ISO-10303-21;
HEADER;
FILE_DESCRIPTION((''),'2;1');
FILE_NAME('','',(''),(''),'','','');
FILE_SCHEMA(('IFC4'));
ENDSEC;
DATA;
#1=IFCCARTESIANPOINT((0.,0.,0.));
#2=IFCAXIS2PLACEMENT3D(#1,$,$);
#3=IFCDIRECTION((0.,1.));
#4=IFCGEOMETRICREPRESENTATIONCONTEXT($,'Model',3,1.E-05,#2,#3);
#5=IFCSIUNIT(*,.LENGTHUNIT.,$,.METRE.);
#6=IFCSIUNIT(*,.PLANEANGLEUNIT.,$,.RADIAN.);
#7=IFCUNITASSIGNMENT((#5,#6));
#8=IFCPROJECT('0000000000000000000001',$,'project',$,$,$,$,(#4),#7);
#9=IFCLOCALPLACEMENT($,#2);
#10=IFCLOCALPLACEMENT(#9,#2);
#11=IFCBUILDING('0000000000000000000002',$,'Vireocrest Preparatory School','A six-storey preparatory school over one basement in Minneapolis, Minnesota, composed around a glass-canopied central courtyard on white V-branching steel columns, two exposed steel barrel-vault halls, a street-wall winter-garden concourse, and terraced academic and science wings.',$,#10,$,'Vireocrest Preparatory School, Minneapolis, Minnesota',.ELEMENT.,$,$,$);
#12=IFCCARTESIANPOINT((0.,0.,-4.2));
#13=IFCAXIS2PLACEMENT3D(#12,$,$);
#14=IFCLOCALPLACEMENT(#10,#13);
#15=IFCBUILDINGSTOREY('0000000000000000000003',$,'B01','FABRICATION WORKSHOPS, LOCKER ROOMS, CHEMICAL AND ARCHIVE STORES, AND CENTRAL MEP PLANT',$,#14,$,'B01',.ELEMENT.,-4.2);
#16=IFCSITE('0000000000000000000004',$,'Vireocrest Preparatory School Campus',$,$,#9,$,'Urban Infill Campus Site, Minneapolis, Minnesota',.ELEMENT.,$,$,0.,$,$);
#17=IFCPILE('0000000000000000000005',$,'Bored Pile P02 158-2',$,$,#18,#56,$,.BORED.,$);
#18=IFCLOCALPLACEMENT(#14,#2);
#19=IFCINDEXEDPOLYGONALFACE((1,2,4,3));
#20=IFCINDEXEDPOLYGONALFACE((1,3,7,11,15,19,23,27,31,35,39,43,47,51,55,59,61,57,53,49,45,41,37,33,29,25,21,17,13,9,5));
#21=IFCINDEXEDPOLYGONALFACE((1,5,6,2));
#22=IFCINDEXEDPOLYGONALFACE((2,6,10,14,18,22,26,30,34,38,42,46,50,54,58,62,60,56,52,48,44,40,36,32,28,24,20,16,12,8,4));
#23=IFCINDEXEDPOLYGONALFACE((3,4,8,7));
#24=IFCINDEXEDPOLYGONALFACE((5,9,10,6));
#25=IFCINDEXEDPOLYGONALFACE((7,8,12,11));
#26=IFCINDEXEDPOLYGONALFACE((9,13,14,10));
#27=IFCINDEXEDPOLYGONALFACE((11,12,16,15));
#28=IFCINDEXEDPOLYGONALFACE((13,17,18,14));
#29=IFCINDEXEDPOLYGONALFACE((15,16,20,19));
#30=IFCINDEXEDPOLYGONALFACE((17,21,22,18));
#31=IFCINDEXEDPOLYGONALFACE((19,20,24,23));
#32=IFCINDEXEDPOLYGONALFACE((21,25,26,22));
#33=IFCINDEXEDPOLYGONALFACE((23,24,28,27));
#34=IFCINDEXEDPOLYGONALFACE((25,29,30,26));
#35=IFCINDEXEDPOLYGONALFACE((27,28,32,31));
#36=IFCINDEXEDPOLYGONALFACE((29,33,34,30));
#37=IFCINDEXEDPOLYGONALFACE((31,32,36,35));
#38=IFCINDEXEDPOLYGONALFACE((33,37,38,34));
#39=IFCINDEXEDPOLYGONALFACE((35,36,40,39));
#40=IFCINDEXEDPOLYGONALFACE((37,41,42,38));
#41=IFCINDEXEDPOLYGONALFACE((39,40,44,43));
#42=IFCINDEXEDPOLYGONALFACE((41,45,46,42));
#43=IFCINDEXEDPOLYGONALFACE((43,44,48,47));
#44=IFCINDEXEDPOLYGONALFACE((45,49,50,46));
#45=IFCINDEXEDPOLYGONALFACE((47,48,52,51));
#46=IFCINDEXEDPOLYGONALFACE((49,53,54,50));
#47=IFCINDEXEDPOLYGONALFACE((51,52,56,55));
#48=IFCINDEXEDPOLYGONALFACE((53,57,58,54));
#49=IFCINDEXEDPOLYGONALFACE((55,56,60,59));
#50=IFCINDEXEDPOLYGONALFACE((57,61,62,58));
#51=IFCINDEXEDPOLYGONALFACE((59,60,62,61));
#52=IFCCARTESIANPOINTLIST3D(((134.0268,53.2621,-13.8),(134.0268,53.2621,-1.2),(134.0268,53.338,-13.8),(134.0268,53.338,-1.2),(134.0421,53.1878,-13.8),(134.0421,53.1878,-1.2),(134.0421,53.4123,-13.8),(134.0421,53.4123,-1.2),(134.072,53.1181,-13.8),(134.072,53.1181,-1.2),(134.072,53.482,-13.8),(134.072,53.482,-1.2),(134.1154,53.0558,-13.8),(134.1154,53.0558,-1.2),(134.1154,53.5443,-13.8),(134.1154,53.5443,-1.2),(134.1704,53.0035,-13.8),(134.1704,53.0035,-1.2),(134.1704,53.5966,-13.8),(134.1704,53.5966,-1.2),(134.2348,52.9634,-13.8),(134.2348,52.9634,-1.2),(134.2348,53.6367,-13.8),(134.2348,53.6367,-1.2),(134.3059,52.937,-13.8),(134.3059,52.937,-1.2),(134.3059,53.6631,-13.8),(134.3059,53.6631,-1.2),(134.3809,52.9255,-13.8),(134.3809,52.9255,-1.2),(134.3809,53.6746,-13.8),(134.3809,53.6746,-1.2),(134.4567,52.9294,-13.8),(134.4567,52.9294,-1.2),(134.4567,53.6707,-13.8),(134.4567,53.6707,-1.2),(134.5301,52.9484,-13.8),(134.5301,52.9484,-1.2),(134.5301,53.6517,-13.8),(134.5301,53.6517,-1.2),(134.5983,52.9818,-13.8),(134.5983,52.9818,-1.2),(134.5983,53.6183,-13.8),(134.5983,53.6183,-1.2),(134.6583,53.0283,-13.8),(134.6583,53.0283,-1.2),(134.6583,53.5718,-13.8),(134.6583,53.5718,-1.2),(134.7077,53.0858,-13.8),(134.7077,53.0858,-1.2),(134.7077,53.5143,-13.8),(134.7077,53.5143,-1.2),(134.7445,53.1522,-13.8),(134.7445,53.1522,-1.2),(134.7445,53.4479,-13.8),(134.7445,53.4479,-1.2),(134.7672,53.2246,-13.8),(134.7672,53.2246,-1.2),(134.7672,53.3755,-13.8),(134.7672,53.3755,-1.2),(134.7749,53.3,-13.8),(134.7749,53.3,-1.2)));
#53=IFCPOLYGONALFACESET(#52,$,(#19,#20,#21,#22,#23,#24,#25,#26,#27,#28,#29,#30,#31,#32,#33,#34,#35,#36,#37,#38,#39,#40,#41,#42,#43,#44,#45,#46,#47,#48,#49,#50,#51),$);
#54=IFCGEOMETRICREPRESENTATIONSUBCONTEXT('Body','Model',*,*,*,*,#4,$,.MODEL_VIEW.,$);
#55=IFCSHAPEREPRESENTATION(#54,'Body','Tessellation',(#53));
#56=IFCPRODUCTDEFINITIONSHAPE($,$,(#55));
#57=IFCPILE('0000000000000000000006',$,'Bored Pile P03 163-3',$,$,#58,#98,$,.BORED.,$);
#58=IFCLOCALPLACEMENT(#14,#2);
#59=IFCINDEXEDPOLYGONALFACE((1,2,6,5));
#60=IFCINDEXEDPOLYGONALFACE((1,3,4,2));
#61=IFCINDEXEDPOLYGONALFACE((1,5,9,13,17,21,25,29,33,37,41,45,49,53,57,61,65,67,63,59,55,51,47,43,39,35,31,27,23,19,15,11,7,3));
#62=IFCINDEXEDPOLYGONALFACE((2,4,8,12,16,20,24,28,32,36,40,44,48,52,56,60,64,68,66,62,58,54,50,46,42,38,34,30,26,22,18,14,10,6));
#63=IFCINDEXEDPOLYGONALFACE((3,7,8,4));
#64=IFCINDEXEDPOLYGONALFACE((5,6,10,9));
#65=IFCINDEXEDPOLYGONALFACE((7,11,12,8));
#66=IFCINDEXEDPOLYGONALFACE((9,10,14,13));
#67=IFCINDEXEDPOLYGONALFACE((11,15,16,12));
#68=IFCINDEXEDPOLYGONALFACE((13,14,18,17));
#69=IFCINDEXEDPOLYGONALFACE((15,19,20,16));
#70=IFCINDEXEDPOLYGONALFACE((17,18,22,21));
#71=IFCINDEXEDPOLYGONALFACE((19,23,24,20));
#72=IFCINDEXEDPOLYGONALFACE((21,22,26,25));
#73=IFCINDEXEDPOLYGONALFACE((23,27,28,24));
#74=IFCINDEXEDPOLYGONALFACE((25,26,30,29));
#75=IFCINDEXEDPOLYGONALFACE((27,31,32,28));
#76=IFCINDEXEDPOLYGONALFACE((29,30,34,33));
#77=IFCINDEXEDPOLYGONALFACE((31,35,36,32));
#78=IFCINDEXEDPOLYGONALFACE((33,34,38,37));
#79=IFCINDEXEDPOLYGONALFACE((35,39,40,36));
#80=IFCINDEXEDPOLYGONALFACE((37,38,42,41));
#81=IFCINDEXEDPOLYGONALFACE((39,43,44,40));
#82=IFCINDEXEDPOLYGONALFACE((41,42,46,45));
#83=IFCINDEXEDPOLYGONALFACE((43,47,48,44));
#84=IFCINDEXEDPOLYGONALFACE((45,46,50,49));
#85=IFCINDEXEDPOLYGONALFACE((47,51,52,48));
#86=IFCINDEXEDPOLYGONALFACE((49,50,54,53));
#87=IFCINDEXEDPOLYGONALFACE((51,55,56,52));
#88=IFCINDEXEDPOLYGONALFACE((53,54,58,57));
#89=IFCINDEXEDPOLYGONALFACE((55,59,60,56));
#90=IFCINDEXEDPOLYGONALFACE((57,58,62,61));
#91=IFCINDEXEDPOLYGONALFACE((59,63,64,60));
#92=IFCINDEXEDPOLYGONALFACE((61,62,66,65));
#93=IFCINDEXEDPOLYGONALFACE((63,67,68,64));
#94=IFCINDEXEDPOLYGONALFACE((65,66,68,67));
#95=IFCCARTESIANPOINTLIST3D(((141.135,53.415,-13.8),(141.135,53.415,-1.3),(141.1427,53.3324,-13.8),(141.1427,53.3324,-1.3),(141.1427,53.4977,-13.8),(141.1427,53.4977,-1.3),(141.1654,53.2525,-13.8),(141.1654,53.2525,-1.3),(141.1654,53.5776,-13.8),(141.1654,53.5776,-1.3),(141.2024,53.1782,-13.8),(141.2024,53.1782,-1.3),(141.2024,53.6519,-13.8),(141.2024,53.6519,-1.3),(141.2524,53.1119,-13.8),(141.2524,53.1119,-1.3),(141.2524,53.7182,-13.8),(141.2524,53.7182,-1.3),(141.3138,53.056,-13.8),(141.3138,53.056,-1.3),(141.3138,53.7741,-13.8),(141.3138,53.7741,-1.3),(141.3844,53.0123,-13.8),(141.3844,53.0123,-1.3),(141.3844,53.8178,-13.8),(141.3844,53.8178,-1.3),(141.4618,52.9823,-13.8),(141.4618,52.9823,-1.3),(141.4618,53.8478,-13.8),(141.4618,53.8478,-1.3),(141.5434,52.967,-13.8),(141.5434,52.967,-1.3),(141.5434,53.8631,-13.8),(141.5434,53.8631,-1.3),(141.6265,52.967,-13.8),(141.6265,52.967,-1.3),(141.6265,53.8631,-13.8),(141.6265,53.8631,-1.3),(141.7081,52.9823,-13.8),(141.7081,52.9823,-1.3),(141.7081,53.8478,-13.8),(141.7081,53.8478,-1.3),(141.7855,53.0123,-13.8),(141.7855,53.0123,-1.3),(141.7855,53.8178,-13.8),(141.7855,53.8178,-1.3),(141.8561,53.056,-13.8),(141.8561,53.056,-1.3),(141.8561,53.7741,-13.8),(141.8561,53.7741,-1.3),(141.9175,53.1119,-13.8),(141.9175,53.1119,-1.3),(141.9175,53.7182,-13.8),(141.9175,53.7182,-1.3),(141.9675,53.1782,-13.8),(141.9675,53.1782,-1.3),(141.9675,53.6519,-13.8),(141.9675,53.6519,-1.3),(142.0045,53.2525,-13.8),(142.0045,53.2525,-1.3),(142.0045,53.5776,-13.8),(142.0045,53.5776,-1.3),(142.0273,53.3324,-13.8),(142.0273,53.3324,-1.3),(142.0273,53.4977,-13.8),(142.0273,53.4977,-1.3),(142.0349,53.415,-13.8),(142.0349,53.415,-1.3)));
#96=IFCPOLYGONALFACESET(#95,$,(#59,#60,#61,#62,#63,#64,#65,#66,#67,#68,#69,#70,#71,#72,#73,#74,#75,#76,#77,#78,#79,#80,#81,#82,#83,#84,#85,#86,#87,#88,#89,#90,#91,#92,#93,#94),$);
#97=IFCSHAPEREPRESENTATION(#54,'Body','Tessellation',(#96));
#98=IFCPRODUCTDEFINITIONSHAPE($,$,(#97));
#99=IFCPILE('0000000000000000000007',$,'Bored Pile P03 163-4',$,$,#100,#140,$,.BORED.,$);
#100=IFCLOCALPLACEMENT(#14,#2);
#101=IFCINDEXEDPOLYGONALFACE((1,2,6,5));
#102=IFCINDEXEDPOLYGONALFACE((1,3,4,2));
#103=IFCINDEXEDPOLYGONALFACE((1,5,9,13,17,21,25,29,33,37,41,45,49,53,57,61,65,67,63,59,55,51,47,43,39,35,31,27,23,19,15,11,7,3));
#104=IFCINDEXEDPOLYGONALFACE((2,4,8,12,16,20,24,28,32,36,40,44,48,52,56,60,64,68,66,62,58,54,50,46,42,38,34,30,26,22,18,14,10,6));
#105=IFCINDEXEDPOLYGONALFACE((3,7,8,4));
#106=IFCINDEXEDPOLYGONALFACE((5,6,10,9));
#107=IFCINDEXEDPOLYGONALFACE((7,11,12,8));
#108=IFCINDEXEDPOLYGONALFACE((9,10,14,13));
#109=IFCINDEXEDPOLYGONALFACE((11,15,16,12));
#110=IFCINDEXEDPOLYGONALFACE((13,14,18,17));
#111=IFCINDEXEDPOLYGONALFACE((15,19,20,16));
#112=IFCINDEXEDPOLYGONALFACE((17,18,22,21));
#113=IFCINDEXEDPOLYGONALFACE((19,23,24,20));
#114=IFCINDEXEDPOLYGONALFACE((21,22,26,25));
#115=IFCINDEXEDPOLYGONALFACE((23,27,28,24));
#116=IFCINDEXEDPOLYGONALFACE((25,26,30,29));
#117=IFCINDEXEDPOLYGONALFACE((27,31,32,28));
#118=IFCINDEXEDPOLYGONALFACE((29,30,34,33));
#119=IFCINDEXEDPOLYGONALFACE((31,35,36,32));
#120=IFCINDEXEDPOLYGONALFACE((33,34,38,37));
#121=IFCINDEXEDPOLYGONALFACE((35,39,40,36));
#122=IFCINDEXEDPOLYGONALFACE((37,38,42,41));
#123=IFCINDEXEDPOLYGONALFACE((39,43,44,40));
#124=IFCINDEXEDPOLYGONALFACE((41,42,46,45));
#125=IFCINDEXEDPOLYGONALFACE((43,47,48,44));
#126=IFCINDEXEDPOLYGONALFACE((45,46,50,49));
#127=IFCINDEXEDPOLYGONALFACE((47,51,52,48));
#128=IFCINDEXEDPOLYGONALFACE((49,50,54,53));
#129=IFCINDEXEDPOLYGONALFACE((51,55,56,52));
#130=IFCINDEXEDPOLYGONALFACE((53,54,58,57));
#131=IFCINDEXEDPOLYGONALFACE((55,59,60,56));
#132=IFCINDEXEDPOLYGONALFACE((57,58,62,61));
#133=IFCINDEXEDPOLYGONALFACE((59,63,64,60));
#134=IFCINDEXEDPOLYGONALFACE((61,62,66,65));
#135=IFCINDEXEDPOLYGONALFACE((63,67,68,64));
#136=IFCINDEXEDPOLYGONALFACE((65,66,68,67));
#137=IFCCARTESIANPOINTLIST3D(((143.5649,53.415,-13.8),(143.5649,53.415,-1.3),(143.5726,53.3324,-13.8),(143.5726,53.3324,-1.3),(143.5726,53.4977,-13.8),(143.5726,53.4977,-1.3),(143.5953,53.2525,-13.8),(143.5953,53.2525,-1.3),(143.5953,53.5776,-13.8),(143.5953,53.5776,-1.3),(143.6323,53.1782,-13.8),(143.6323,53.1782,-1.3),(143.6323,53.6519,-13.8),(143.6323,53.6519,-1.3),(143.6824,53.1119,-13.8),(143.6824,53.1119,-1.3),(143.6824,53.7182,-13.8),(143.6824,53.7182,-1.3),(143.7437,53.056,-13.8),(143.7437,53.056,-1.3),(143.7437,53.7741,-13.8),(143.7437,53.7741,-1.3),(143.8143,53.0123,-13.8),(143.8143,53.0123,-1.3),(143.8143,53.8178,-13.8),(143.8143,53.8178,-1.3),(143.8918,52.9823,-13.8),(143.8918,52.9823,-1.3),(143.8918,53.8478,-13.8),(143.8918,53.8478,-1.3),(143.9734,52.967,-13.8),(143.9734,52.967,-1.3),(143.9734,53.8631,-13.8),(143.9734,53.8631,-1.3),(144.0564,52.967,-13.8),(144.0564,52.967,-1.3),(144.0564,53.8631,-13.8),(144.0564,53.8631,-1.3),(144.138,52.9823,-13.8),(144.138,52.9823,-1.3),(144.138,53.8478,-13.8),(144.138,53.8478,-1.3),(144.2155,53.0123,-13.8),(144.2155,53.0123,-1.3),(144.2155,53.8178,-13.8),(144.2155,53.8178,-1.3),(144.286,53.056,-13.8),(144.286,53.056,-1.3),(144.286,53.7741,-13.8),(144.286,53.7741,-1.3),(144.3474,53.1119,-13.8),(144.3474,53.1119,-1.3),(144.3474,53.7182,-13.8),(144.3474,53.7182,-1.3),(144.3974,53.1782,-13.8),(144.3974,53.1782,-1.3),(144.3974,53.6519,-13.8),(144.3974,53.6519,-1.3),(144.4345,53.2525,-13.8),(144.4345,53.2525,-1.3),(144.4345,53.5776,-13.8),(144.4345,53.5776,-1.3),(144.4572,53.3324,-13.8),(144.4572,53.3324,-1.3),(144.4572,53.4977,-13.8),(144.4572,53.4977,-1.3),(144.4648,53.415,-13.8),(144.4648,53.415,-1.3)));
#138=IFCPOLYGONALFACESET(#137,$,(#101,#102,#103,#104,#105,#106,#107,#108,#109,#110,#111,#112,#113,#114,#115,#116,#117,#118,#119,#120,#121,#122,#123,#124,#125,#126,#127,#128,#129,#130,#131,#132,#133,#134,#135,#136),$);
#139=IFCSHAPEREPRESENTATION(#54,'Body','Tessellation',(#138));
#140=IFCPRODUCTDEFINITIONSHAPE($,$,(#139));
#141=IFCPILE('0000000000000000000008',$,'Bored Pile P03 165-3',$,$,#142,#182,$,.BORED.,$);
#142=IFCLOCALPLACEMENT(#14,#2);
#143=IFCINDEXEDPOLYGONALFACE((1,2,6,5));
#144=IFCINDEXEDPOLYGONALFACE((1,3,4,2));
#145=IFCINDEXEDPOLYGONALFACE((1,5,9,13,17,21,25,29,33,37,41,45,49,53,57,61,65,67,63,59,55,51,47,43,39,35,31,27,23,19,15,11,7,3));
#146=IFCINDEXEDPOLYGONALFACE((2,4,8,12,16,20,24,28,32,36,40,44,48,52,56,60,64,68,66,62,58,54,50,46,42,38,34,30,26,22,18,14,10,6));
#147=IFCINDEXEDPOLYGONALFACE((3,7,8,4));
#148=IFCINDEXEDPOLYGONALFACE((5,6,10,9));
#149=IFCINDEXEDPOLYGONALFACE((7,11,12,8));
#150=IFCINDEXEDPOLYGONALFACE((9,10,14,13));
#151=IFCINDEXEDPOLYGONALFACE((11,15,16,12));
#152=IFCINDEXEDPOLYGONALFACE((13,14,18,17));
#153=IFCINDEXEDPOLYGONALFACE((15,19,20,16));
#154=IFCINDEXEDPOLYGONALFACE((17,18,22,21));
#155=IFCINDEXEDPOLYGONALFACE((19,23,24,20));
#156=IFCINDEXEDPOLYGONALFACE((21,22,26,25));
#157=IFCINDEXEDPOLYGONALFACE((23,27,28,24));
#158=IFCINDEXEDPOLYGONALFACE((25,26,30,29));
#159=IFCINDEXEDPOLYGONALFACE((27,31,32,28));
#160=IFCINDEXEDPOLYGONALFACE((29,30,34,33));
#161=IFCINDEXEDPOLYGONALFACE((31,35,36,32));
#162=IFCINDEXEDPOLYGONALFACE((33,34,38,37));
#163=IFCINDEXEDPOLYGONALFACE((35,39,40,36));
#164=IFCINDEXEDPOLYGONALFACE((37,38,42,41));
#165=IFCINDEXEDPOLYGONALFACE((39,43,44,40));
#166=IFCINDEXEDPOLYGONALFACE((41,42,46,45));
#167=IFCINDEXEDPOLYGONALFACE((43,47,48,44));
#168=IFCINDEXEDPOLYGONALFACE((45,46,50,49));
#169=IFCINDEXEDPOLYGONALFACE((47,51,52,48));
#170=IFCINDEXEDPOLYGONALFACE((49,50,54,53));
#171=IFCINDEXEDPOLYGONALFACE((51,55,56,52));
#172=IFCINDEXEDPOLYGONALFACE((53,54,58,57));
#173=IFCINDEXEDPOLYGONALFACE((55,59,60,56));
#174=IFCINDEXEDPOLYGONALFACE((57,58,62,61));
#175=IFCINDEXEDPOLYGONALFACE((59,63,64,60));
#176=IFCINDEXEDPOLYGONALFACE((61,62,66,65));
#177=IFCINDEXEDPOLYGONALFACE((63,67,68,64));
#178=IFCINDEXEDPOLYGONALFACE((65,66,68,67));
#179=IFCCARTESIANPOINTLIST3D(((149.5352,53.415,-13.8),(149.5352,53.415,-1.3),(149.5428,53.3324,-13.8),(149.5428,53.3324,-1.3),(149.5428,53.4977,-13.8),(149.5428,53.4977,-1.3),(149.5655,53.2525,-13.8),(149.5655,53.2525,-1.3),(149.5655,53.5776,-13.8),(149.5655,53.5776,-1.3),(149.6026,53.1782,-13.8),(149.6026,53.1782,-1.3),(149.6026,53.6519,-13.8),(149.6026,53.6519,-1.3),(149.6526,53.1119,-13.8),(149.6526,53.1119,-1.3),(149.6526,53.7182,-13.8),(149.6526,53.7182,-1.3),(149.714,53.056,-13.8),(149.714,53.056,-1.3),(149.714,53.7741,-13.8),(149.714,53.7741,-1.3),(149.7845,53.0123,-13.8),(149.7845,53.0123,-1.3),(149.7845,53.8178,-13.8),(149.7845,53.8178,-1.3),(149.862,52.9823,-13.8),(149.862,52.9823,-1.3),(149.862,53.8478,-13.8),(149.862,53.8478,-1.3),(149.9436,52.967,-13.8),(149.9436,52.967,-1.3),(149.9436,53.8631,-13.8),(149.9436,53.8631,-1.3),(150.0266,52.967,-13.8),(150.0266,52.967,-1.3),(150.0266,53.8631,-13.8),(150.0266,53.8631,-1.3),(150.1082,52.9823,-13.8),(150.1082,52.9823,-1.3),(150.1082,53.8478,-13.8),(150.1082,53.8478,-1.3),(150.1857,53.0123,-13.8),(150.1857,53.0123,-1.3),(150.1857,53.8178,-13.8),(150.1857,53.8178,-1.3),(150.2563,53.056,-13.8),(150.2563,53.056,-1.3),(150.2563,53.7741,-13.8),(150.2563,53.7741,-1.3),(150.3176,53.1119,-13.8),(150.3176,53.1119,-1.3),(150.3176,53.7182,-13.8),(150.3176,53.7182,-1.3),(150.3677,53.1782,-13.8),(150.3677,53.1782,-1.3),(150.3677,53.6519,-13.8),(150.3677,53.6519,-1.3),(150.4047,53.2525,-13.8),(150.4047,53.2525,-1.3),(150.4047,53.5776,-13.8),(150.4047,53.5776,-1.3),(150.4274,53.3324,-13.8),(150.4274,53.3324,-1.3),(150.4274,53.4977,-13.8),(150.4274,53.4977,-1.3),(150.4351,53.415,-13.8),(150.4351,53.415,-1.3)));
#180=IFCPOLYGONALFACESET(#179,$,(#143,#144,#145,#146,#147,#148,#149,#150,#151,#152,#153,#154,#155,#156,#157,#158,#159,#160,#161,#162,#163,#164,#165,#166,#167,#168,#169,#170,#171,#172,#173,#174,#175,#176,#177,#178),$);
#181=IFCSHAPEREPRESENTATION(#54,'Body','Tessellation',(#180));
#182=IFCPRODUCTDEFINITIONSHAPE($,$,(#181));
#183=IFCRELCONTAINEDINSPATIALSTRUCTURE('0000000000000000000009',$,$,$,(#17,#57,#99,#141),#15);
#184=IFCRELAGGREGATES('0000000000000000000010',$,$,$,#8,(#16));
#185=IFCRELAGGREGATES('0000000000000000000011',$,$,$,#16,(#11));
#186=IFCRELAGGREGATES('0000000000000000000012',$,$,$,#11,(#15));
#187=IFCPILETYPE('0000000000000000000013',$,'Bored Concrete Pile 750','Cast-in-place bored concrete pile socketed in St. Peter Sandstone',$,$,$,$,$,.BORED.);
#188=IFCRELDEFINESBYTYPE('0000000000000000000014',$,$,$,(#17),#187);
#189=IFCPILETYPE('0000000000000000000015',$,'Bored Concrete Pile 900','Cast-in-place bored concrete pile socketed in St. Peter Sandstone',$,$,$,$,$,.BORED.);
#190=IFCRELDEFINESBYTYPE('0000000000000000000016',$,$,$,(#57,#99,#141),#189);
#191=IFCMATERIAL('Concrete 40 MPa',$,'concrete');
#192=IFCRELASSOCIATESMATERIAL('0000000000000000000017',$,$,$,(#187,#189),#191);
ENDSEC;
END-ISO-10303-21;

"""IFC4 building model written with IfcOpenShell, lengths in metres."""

from ifc_helpers import new_model, si_unit, direction, frame, origin, origin_2d, place, context, subcontext, project, spatial, circle, extrude, material, material_profile, profile_set, type_object, element, save


model = new_model("IFC4")

# Units and contexts
model_context = context("Model", 3, precision=1e-05, world=origin(), true_north=direction((0.0, 1.0)))
body_context = subcontext(model_context, "Body", "Model", "MODEL_VIEW")
ifc_project = project(units=[si_unit("LENGTHUNIT", "METRE"), si_unit("PLANEANGLEUNIT", "RADIAN")], contexts=[model_context])

# Site, building, storey
site_placement = place(None, origin())
site = spatial("IfcSite", under=ifc_project, at=site_placement, Name="Vireocrest Preparatory School Campus", LongName="Urban Infill Campus Site, Minneapolis, Minnesota", CompositionType="ELEMENT", RefElevation=0.0)
building_placement = place(site_placement, origin())
building = spatial("IfcBuilding", under=site, at=building_placement, Name="Vireocrest Preparatory School", Description="A six-storey preparatory school over one basement in Minneapolis, Minnesota, composed around a glass-canopied central courtyard on white V-branching steel columns, two exposed steel barrel-vault halls, a street-wall winter-garden concourse, and terraced academic and science wings.", LongName="Vireocrest Preparatory School, Minneapolis, Minnesota", CompositionType="ELEMENT")
storey_placement = place(building_placement, frame((0.0, 0.0, -4.2)))
storey = spatial("IfcBuildingStorey", under=building, at=storey_placement, Name="B01", Description="FABRICATION WORKSHOPS, LOCKER ROOMS, CHEMICAL AND ARCHIVE STORES, AND CENTRAL MEP PLANT", LongName="B01", CompositionType="ELEMENT", Elevation=-4.2)

# Piles
ifc_material_1 = material(Name="Concrete 40 MPa", Category="concrete")
ifc_material_profile_1 = material_profile(ifc_material_1, circle(Radius=0.375, at=origin_2d()), Name="BORED PILE 750")
ifc_profile_set_1 = profile_set([ifc_material_profile_1], Name="Concrete 40 MPa")
pile_type_1 = type_object("IfcPileType", Name="Bored Concrete Pile 750", Description="Cast-in-place bored concrete pile socketed in St. Peter Sandstone", PredefinedType="BORED", material=ifc_profile_set_1)
pile_placement = place(storey_placement, frame((134.3999, 53.3, -1.2), z_axis=(0.0, 0.0, -1.0), x_axis=(1.0, 0.0, 0.0)))
element("IfcPile", 1, at=pile_placement, inside=storey, type_object=pile_type_1, Name="Bored Pile P02 158-2", PredefinedType="BORED", context=body_context, shape_type="SweptSolid", body=[
    extrude(circle(Radius=0.375, at=origin_2d()), origin(), (0.0, 0.0, 1.0), 12.6001),
])
ifc_material_profile_2 = material_profile(ifc_material_1, circle(Radius=0.45, at=origin_2d()), Name="BORED PILE 900")
ifc_profile_set_2 = profile_set([ifc_material_profile_2], Name="Concrete 40 MPa")
pile_type_2 = type_object("IfcPileType", Name="Bored Concrete Pile 900", Description="Cast-in-place bored concrete pile socketed in St. Peter Sandstone", PredefinedType="BORED", material=ifc_profile_set_2)
for number, where, z_axis, x_axis, name in (
    (2, (141.585, 53.415, -1.3), (0.0, 0.0, -1.0), (1.0, 0.0, 0.0), "Bored Pile P03 163-3"),
    (3, (144.0149, 53.415, -1.3), (0.0, 0.0, -1.0), (1.0, 0.0, 0.0), "Bored Pile P03 163-4"),
    (4, (149.9851, 53.415, -1.3), (0.0, 0.0, -1.0), (1.0, 0.0, 0.0), "Bored Pile P03 165-3"),
):
    element("IfcPile", number, at=place(storey_placement, frame(where, z_axis=z_axis, x_axis=x_axis)), inside=storey, type_object=pile_type_2, Name=name, PredefinedType="BORED", context=body_context, shape_type="SweptSolid", body=[
        extrude(circle(Radius=0.45, at=origin_2d()), origin(), (0.0, 0.0, 1.0), 12.5),
    ])

save(model, "model.ifc")
